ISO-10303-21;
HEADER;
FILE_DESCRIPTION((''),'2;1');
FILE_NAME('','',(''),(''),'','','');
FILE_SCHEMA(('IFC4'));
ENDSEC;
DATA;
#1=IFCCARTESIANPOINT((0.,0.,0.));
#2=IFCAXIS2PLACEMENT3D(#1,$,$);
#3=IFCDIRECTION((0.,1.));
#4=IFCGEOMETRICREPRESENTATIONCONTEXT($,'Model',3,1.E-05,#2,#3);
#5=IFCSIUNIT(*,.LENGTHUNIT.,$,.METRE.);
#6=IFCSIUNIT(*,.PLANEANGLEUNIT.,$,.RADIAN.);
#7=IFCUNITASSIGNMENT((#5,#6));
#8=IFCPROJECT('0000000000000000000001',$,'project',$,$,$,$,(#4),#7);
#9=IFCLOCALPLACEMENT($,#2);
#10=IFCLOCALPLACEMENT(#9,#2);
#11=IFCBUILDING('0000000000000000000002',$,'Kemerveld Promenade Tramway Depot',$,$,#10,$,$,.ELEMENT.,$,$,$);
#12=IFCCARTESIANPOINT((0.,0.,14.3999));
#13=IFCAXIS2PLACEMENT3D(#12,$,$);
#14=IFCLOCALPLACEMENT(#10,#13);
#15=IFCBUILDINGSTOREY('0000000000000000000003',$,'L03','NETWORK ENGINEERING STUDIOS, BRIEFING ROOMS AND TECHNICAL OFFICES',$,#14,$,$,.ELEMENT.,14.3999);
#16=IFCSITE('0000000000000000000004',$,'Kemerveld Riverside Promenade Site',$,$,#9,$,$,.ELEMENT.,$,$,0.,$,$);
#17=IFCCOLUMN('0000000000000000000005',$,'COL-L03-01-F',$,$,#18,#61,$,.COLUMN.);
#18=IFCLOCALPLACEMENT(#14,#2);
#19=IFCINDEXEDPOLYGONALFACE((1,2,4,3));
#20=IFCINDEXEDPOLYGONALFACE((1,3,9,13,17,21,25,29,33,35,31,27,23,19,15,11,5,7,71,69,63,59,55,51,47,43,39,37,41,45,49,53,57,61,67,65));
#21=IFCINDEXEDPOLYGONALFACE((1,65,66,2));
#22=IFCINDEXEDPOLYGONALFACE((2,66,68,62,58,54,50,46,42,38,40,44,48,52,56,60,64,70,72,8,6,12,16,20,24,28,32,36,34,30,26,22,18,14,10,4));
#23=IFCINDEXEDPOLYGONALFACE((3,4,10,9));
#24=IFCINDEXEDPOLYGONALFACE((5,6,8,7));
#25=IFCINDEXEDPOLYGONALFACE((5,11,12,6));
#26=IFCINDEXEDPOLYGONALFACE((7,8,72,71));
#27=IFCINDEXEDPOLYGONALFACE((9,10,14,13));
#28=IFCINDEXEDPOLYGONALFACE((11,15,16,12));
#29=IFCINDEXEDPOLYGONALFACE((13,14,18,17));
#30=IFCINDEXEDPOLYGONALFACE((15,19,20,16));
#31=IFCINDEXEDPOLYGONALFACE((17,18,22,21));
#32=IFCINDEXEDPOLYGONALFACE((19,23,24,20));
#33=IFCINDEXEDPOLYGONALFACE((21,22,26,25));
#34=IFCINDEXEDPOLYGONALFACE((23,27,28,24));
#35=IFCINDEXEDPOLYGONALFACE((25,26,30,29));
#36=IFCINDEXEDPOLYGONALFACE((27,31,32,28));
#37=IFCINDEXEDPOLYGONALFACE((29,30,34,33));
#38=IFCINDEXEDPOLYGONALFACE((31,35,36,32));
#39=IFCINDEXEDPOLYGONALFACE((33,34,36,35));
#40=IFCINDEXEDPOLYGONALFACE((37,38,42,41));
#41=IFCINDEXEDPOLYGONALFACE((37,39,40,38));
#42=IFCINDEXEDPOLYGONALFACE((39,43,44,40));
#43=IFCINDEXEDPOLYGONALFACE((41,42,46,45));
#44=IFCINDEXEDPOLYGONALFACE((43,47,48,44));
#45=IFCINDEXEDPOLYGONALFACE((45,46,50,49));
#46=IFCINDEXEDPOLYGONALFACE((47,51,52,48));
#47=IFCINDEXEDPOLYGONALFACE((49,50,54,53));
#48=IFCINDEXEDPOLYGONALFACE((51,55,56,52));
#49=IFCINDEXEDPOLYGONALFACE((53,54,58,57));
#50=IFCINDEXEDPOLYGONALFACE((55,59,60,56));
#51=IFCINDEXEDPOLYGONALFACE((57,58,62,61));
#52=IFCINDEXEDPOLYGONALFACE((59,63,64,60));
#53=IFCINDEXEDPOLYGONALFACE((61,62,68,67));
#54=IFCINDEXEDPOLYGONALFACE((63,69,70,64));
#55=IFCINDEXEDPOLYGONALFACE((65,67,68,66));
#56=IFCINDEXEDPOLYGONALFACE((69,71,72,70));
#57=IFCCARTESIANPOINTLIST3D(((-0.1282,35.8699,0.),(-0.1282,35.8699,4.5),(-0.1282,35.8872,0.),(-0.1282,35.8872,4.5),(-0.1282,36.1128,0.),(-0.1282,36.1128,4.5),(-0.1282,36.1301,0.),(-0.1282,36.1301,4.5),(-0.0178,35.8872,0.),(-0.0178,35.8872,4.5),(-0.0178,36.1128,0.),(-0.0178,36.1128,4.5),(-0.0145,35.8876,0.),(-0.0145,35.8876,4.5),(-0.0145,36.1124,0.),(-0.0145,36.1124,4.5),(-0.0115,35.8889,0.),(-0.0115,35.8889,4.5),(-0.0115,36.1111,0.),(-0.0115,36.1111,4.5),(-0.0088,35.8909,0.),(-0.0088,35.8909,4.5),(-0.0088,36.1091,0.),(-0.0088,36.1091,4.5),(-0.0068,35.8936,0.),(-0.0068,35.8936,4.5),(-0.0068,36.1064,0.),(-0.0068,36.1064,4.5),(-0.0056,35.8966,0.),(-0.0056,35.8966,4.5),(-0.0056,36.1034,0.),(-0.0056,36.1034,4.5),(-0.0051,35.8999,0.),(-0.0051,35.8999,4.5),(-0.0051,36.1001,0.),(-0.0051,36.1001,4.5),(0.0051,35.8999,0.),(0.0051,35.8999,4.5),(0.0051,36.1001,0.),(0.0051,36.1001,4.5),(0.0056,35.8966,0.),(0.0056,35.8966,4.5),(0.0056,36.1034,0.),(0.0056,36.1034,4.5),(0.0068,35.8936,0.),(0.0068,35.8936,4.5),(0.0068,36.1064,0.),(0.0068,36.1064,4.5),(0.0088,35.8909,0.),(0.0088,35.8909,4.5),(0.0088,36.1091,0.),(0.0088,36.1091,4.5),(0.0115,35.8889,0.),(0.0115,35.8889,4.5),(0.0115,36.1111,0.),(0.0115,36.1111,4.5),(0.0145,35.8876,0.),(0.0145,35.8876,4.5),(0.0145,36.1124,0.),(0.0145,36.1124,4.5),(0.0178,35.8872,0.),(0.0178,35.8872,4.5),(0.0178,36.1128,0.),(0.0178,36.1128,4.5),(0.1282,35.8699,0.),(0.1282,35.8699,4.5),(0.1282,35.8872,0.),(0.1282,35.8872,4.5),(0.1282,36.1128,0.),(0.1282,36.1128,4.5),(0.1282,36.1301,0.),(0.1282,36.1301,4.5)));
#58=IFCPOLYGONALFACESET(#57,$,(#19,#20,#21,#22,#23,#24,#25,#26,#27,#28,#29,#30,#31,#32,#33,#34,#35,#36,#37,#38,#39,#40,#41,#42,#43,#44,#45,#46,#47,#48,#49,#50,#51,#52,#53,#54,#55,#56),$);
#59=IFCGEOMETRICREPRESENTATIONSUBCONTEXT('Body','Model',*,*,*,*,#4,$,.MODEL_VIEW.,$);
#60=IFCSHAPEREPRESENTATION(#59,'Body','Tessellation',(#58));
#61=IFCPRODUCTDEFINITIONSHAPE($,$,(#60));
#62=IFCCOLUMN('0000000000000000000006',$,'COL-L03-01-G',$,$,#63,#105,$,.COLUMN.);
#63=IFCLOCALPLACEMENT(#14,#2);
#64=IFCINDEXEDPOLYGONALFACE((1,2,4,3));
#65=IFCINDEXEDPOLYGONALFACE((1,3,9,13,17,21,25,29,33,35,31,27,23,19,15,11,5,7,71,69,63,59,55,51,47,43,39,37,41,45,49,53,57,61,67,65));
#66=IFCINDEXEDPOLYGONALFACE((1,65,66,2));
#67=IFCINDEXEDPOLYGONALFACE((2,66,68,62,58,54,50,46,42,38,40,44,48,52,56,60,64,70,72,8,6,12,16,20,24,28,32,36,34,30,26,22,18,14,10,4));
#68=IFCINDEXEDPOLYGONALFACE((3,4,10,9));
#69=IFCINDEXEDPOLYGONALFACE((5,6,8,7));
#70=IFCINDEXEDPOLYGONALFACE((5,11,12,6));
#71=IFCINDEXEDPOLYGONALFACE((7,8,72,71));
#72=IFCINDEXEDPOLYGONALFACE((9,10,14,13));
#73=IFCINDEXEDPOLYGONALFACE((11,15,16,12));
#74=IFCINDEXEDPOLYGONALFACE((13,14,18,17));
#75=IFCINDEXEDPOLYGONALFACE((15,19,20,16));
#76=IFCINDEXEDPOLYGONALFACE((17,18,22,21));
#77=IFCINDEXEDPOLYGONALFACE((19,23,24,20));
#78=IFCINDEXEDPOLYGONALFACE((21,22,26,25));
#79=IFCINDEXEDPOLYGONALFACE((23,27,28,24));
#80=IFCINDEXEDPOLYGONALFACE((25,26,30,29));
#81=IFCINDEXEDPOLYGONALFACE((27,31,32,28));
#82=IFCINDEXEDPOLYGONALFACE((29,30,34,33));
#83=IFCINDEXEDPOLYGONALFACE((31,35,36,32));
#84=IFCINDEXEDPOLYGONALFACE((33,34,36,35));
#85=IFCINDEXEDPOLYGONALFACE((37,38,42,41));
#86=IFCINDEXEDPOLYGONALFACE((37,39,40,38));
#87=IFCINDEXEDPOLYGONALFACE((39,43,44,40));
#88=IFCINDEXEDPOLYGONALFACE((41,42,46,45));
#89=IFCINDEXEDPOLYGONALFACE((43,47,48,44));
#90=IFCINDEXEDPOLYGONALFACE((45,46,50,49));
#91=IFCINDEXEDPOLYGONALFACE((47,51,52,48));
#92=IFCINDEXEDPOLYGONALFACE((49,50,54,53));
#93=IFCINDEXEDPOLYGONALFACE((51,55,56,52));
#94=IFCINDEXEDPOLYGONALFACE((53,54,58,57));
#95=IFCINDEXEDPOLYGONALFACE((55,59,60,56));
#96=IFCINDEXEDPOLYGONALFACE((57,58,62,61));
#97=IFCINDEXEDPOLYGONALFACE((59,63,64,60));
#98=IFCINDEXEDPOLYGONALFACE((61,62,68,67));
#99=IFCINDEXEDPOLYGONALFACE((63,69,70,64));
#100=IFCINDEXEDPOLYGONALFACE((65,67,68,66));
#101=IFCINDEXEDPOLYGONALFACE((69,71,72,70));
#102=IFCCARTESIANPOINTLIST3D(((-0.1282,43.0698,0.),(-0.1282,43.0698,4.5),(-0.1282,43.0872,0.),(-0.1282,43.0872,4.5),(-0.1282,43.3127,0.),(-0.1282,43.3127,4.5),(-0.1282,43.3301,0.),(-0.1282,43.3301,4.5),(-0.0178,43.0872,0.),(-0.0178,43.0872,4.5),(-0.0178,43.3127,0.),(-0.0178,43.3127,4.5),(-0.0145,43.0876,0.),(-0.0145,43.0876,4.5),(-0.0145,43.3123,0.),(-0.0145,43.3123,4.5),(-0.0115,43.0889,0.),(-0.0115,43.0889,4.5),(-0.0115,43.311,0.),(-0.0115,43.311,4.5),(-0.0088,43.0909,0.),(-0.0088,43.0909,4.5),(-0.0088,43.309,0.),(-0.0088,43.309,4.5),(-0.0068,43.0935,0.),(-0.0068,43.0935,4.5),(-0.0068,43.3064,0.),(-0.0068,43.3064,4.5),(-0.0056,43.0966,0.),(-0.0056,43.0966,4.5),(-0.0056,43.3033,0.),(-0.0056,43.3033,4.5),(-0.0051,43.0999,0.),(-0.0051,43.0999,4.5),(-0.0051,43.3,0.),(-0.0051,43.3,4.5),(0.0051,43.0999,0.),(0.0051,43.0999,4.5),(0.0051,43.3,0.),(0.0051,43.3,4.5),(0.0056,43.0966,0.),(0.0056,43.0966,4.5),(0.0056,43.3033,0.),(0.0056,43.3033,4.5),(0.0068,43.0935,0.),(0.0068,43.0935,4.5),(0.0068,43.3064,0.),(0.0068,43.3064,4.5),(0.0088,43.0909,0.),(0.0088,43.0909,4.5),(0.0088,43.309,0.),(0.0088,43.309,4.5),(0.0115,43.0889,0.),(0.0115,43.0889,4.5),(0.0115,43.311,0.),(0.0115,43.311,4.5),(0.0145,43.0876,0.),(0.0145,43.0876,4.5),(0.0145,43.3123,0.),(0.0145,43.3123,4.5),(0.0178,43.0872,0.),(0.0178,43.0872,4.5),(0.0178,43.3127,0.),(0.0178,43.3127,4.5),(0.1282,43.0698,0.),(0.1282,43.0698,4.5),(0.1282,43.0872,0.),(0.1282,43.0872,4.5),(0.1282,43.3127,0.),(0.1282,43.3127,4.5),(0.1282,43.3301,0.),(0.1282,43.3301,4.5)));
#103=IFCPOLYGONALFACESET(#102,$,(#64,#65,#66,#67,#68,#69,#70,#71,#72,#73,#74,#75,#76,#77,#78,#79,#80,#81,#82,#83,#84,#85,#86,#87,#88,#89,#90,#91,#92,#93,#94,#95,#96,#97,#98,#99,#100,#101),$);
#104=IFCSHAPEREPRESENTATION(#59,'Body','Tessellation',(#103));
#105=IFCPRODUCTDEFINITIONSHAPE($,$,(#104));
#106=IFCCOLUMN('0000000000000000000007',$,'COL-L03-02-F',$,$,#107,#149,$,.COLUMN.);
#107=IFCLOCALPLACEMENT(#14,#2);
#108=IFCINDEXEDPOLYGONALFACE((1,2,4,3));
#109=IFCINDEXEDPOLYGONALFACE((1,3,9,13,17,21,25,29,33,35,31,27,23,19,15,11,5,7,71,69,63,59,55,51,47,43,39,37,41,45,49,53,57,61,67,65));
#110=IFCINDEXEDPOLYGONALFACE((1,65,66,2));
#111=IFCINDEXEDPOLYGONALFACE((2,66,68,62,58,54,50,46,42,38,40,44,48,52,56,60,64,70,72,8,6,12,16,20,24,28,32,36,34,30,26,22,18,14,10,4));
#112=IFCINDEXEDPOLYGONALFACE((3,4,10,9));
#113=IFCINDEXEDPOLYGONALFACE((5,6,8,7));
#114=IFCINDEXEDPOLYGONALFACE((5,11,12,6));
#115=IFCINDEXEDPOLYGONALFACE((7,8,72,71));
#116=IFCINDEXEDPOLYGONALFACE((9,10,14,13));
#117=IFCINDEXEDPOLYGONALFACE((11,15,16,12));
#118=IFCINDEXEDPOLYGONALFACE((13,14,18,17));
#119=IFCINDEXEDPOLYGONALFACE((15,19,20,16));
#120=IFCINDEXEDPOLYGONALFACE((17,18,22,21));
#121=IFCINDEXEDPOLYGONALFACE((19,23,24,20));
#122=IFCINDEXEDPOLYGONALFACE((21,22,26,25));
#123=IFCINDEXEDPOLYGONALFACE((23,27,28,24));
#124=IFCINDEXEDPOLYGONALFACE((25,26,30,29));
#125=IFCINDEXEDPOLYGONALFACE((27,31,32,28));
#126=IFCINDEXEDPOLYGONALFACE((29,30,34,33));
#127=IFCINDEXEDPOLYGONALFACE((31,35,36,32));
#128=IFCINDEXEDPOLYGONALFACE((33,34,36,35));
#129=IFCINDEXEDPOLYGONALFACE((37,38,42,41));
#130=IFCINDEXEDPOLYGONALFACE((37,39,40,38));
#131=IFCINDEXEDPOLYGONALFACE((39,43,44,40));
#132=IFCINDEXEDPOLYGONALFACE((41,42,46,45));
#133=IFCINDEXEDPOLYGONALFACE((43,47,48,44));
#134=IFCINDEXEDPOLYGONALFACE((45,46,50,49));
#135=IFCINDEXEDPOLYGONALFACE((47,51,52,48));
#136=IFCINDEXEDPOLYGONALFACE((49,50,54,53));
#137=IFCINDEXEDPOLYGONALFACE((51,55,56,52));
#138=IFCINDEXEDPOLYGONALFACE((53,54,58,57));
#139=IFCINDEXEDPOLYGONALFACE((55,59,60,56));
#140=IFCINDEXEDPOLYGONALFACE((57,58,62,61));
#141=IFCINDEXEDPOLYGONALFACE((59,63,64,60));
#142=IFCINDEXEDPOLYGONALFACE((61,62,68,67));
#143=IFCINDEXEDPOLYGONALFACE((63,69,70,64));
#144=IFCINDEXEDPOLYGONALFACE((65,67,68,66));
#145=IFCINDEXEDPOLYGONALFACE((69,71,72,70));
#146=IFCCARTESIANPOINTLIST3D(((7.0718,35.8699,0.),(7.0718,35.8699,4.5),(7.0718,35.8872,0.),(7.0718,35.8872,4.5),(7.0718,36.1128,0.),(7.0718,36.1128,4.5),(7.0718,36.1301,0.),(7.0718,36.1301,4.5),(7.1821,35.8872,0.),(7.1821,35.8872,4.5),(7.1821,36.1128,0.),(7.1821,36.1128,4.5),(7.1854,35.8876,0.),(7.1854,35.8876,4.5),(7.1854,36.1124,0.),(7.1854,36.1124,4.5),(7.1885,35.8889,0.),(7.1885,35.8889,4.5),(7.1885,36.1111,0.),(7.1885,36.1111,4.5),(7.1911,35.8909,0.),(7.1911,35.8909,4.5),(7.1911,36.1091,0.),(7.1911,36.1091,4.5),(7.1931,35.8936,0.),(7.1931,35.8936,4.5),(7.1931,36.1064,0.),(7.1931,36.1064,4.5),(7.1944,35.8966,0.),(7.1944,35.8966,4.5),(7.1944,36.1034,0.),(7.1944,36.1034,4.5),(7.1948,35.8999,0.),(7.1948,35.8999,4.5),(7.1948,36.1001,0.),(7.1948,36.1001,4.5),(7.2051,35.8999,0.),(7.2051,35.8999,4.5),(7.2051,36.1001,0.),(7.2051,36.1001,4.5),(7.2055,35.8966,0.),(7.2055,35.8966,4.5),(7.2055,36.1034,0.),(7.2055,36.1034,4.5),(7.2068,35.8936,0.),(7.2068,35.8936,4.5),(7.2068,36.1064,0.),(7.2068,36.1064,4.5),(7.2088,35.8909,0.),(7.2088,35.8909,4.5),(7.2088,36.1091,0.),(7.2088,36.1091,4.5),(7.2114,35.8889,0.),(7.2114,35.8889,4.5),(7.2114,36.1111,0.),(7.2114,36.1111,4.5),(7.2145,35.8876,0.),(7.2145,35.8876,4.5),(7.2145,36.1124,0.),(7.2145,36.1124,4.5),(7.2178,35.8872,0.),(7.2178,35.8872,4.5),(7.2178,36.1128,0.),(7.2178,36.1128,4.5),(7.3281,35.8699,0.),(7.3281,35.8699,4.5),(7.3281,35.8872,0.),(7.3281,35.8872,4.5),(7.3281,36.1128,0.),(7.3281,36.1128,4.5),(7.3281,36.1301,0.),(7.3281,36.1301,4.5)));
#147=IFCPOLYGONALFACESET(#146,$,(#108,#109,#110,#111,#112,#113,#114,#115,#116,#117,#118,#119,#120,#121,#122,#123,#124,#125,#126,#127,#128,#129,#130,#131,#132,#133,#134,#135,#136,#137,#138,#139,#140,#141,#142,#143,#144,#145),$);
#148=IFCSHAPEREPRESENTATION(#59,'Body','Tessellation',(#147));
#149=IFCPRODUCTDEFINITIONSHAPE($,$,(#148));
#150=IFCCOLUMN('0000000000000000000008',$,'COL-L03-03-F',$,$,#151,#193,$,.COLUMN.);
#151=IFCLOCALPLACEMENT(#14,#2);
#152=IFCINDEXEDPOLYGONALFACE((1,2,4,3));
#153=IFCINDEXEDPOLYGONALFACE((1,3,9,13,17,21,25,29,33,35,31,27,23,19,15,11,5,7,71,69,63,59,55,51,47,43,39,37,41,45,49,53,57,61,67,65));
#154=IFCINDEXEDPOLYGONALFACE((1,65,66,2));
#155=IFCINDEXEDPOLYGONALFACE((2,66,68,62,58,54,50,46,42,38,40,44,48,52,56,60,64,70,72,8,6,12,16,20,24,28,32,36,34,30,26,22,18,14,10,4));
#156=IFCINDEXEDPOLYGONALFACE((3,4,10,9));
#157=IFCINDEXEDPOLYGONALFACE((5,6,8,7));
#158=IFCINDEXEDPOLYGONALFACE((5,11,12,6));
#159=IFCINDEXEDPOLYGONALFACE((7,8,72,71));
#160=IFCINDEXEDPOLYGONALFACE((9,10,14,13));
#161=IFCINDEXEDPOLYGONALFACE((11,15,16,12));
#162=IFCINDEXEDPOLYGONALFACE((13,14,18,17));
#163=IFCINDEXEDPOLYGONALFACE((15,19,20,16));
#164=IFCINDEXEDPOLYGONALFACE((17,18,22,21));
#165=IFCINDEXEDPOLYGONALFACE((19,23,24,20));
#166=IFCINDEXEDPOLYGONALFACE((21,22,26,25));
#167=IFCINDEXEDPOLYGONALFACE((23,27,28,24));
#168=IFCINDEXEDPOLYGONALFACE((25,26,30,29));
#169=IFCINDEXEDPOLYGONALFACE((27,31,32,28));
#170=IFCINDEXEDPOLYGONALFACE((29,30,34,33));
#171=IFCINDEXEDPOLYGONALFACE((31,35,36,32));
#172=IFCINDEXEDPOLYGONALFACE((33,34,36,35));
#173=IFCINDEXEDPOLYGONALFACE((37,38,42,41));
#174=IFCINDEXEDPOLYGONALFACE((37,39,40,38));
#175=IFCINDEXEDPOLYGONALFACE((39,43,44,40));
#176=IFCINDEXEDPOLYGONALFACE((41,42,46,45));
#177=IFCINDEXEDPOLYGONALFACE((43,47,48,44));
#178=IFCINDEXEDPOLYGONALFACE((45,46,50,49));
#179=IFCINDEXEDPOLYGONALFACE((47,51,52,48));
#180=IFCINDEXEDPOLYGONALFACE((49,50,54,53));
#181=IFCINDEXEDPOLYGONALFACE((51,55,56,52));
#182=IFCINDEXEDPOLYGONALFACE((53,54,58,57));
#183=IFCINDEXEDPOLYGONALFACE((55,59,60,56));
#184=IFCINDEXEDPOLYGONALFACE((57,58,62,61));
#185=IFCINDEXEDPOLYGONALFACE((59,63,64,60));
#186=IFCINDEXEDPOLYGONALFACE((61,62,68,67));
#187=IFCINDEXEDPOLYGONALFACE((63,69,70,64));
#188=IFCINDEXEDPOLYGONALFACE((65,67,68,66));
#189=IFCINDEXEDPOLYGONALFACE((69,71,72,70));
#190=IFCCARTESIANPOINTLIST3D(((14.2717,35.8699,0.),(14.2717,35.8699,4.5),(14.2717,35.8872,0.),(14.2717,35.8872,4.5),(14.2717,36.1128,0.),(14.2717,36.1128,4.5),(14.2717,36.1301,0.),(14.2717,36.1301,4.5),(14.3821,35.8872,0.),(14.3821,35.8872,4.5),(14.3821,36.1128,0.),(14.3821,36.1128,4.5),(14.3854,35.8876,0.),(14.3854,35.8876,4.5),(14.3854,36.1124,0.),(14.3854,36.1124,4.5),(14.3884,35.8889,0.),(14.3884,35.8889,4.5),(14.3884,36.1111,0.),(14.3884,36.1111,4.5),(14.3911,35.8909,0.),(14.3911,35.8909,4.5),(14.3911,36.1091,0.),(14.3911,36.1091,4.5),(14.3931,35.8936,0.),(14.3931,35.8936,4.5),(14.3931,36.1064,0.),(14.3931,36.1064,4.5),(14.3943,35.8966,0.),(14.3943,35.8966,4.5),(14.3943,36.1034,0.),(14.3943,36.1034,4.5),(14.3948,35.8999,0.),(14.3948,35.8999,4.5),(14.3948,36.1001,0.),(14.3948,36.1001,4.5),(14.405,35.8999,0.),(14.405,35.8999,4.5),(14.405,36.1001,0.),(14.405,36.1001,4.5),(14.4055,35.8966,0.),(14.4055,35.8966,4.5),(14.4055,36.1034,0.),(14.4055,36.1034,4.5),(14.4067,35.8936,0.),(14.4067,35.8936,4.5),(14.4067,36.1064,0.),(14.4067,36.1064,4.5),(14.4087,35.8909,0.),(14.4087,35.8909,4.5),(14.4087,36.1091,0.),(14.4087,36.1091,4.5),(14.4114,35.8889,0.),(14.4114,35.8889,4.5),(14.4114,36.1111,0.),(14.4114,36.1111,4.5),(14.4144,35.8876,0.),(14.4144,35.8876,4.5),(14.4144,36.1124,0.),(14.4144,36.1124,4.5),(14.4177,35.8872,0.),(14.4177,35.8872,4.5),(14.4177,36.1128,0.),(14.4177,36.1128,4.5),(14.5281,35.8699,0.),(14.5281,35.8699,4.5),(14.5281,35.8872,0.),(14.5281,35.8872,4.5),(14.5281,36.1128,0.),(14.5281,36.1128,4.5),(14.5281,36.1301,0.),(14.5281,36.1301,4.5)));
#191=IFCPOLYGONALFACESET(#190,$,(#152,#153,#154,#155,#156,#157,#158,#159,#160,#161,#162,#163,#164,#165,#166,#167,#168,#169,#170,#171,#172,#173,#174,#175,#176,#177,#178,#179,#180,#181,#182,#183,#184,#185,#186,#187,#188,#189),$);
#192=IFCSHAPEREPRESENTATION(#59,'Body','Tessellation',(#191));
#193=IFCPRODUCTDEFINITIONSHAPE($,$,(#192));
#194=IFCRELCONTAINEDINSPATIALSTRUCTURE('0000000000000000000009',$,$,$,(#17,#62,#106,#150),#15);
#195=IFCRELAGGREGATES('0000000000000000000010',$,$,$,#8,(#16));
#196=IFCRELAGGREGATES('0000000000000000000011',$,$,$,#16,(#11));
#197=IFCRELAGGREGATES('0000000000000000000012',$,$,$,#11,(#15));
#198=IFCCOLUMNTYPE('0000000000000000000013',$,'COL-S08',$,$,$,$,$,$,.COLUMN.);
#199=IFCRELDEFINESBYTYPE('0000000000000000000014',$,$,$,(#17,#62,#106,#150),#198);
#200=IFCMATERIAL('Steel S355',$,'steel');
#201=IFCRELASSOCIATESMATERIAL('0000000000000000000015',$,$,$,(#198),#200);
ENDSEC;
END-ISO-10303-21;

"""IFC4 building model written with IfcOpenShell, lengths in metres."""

from ifc_helpers import new_model, si_unit, direction, frame, origin, origin_2d, place, context, subcontext, project, spatial, i_section, extrude, material, material_profile, profile_set, type_object, element, save


model = new_model("IFC4")

# Units and contexts
model_context = context("Model", 3, precision=1e-05, world=origin(), true_north=direction((0.0, 1.0)))
body_context = subcontext(model_context, "Body", "Model", "MODEL_VIEW")
ifc_project = project(units=[si_unit("LENGTHUNIT", "METRE"), si_unit("PLANEANGLEUNIT", "RADIAN")], contexts=[model_context])

# Site, building, storey
site_placement = place(None, origin())
site = spatial("IfcSite", under=ifc_project, at=site_placement, Name="Kemerveld Riverside Promenade Site", CompositionType="ELEMENT", RefElevation=0.0)
building_placement = place(site_placement, origin())
building = spatial("IfcBuilding", under=site, at=building_placement, Name="Kemerveld Promenade Tramway Depot", CompositionType="ELEMENT")
storey_placement = place(building_placement, frame((0.0, 0.0, 14.3999)))
storey = spatial("IfcBuildingStorey", under=building, at=storey_placement, Name="L03", Description="NETWORK ENGINEERING STUDIOS, BRIEFING ROOMS AND TECHNICAL OFFICES", CompositionType="ELEMENT", Elevation=14.3999)

# Columns
ifc_material_1 = material(Name="Steel S355", Category="steel")
ifc_material_profile_1 = material_profile(ifc_material_1, i_section(OverallWidth=0.2563, OverallDepth=0.2603, WebThickness=0.0103, FlangeThickness=0.0173, FilletRadius=0.0127, at=origin_2d()), Name="254x254x89 UC")
ifc_profile_set_1 = profile_set([ifc_material_profile_1], Name="Steel S355")
column_type = type_object("IfcColumnType", Name="COL-S08", PredefinedType="COLUMN", material=ifc_profile_set_1)
for number, where, z_axis, x_axis, name in (
    (1, (0.0, 36.0, 0.0), (0.0, 0.0, 1.0), (1.0, 0.0, 0.0), "COL-L03-01-F"),
    (2, (0.0, 43.2, 0.0), (0.0, 0.0, 1.0), (1.0, 0.0, 0.0), "COL-L03-01-G"),
    (3, (7.2, 36.0, 0.0), (0.0, 0.0, 1.0), (1.0, 0.0, 0.0), "COL-L03-02-F"),
    (4, (14.3999, 36.0, 0.0), (0.0, 0.0, 1.0), (1.0, 0.0, 0.0), "COL-L03-03-F"),
):
    element("IfcColumn", number, at=place(storey_placement, frame(where, z_axis=z_axis, x_axis=x_axis)), inside=storey, type_object=column_type, Name=name, PredefinedType="COLUMN", context=body_context, shape_type="SweptSolid", body=[
        extrude(i_section(OverallWidth=0.2563, OverallDepth=0.2603, WebThickness=0.0103, FlangeThickness=0.0173, FilletRadius=0.0127, at=origin_2d()), origin(), (0.0, 0.0, 1.0), 4.5),
    ])

save(model, "model.ifc")
